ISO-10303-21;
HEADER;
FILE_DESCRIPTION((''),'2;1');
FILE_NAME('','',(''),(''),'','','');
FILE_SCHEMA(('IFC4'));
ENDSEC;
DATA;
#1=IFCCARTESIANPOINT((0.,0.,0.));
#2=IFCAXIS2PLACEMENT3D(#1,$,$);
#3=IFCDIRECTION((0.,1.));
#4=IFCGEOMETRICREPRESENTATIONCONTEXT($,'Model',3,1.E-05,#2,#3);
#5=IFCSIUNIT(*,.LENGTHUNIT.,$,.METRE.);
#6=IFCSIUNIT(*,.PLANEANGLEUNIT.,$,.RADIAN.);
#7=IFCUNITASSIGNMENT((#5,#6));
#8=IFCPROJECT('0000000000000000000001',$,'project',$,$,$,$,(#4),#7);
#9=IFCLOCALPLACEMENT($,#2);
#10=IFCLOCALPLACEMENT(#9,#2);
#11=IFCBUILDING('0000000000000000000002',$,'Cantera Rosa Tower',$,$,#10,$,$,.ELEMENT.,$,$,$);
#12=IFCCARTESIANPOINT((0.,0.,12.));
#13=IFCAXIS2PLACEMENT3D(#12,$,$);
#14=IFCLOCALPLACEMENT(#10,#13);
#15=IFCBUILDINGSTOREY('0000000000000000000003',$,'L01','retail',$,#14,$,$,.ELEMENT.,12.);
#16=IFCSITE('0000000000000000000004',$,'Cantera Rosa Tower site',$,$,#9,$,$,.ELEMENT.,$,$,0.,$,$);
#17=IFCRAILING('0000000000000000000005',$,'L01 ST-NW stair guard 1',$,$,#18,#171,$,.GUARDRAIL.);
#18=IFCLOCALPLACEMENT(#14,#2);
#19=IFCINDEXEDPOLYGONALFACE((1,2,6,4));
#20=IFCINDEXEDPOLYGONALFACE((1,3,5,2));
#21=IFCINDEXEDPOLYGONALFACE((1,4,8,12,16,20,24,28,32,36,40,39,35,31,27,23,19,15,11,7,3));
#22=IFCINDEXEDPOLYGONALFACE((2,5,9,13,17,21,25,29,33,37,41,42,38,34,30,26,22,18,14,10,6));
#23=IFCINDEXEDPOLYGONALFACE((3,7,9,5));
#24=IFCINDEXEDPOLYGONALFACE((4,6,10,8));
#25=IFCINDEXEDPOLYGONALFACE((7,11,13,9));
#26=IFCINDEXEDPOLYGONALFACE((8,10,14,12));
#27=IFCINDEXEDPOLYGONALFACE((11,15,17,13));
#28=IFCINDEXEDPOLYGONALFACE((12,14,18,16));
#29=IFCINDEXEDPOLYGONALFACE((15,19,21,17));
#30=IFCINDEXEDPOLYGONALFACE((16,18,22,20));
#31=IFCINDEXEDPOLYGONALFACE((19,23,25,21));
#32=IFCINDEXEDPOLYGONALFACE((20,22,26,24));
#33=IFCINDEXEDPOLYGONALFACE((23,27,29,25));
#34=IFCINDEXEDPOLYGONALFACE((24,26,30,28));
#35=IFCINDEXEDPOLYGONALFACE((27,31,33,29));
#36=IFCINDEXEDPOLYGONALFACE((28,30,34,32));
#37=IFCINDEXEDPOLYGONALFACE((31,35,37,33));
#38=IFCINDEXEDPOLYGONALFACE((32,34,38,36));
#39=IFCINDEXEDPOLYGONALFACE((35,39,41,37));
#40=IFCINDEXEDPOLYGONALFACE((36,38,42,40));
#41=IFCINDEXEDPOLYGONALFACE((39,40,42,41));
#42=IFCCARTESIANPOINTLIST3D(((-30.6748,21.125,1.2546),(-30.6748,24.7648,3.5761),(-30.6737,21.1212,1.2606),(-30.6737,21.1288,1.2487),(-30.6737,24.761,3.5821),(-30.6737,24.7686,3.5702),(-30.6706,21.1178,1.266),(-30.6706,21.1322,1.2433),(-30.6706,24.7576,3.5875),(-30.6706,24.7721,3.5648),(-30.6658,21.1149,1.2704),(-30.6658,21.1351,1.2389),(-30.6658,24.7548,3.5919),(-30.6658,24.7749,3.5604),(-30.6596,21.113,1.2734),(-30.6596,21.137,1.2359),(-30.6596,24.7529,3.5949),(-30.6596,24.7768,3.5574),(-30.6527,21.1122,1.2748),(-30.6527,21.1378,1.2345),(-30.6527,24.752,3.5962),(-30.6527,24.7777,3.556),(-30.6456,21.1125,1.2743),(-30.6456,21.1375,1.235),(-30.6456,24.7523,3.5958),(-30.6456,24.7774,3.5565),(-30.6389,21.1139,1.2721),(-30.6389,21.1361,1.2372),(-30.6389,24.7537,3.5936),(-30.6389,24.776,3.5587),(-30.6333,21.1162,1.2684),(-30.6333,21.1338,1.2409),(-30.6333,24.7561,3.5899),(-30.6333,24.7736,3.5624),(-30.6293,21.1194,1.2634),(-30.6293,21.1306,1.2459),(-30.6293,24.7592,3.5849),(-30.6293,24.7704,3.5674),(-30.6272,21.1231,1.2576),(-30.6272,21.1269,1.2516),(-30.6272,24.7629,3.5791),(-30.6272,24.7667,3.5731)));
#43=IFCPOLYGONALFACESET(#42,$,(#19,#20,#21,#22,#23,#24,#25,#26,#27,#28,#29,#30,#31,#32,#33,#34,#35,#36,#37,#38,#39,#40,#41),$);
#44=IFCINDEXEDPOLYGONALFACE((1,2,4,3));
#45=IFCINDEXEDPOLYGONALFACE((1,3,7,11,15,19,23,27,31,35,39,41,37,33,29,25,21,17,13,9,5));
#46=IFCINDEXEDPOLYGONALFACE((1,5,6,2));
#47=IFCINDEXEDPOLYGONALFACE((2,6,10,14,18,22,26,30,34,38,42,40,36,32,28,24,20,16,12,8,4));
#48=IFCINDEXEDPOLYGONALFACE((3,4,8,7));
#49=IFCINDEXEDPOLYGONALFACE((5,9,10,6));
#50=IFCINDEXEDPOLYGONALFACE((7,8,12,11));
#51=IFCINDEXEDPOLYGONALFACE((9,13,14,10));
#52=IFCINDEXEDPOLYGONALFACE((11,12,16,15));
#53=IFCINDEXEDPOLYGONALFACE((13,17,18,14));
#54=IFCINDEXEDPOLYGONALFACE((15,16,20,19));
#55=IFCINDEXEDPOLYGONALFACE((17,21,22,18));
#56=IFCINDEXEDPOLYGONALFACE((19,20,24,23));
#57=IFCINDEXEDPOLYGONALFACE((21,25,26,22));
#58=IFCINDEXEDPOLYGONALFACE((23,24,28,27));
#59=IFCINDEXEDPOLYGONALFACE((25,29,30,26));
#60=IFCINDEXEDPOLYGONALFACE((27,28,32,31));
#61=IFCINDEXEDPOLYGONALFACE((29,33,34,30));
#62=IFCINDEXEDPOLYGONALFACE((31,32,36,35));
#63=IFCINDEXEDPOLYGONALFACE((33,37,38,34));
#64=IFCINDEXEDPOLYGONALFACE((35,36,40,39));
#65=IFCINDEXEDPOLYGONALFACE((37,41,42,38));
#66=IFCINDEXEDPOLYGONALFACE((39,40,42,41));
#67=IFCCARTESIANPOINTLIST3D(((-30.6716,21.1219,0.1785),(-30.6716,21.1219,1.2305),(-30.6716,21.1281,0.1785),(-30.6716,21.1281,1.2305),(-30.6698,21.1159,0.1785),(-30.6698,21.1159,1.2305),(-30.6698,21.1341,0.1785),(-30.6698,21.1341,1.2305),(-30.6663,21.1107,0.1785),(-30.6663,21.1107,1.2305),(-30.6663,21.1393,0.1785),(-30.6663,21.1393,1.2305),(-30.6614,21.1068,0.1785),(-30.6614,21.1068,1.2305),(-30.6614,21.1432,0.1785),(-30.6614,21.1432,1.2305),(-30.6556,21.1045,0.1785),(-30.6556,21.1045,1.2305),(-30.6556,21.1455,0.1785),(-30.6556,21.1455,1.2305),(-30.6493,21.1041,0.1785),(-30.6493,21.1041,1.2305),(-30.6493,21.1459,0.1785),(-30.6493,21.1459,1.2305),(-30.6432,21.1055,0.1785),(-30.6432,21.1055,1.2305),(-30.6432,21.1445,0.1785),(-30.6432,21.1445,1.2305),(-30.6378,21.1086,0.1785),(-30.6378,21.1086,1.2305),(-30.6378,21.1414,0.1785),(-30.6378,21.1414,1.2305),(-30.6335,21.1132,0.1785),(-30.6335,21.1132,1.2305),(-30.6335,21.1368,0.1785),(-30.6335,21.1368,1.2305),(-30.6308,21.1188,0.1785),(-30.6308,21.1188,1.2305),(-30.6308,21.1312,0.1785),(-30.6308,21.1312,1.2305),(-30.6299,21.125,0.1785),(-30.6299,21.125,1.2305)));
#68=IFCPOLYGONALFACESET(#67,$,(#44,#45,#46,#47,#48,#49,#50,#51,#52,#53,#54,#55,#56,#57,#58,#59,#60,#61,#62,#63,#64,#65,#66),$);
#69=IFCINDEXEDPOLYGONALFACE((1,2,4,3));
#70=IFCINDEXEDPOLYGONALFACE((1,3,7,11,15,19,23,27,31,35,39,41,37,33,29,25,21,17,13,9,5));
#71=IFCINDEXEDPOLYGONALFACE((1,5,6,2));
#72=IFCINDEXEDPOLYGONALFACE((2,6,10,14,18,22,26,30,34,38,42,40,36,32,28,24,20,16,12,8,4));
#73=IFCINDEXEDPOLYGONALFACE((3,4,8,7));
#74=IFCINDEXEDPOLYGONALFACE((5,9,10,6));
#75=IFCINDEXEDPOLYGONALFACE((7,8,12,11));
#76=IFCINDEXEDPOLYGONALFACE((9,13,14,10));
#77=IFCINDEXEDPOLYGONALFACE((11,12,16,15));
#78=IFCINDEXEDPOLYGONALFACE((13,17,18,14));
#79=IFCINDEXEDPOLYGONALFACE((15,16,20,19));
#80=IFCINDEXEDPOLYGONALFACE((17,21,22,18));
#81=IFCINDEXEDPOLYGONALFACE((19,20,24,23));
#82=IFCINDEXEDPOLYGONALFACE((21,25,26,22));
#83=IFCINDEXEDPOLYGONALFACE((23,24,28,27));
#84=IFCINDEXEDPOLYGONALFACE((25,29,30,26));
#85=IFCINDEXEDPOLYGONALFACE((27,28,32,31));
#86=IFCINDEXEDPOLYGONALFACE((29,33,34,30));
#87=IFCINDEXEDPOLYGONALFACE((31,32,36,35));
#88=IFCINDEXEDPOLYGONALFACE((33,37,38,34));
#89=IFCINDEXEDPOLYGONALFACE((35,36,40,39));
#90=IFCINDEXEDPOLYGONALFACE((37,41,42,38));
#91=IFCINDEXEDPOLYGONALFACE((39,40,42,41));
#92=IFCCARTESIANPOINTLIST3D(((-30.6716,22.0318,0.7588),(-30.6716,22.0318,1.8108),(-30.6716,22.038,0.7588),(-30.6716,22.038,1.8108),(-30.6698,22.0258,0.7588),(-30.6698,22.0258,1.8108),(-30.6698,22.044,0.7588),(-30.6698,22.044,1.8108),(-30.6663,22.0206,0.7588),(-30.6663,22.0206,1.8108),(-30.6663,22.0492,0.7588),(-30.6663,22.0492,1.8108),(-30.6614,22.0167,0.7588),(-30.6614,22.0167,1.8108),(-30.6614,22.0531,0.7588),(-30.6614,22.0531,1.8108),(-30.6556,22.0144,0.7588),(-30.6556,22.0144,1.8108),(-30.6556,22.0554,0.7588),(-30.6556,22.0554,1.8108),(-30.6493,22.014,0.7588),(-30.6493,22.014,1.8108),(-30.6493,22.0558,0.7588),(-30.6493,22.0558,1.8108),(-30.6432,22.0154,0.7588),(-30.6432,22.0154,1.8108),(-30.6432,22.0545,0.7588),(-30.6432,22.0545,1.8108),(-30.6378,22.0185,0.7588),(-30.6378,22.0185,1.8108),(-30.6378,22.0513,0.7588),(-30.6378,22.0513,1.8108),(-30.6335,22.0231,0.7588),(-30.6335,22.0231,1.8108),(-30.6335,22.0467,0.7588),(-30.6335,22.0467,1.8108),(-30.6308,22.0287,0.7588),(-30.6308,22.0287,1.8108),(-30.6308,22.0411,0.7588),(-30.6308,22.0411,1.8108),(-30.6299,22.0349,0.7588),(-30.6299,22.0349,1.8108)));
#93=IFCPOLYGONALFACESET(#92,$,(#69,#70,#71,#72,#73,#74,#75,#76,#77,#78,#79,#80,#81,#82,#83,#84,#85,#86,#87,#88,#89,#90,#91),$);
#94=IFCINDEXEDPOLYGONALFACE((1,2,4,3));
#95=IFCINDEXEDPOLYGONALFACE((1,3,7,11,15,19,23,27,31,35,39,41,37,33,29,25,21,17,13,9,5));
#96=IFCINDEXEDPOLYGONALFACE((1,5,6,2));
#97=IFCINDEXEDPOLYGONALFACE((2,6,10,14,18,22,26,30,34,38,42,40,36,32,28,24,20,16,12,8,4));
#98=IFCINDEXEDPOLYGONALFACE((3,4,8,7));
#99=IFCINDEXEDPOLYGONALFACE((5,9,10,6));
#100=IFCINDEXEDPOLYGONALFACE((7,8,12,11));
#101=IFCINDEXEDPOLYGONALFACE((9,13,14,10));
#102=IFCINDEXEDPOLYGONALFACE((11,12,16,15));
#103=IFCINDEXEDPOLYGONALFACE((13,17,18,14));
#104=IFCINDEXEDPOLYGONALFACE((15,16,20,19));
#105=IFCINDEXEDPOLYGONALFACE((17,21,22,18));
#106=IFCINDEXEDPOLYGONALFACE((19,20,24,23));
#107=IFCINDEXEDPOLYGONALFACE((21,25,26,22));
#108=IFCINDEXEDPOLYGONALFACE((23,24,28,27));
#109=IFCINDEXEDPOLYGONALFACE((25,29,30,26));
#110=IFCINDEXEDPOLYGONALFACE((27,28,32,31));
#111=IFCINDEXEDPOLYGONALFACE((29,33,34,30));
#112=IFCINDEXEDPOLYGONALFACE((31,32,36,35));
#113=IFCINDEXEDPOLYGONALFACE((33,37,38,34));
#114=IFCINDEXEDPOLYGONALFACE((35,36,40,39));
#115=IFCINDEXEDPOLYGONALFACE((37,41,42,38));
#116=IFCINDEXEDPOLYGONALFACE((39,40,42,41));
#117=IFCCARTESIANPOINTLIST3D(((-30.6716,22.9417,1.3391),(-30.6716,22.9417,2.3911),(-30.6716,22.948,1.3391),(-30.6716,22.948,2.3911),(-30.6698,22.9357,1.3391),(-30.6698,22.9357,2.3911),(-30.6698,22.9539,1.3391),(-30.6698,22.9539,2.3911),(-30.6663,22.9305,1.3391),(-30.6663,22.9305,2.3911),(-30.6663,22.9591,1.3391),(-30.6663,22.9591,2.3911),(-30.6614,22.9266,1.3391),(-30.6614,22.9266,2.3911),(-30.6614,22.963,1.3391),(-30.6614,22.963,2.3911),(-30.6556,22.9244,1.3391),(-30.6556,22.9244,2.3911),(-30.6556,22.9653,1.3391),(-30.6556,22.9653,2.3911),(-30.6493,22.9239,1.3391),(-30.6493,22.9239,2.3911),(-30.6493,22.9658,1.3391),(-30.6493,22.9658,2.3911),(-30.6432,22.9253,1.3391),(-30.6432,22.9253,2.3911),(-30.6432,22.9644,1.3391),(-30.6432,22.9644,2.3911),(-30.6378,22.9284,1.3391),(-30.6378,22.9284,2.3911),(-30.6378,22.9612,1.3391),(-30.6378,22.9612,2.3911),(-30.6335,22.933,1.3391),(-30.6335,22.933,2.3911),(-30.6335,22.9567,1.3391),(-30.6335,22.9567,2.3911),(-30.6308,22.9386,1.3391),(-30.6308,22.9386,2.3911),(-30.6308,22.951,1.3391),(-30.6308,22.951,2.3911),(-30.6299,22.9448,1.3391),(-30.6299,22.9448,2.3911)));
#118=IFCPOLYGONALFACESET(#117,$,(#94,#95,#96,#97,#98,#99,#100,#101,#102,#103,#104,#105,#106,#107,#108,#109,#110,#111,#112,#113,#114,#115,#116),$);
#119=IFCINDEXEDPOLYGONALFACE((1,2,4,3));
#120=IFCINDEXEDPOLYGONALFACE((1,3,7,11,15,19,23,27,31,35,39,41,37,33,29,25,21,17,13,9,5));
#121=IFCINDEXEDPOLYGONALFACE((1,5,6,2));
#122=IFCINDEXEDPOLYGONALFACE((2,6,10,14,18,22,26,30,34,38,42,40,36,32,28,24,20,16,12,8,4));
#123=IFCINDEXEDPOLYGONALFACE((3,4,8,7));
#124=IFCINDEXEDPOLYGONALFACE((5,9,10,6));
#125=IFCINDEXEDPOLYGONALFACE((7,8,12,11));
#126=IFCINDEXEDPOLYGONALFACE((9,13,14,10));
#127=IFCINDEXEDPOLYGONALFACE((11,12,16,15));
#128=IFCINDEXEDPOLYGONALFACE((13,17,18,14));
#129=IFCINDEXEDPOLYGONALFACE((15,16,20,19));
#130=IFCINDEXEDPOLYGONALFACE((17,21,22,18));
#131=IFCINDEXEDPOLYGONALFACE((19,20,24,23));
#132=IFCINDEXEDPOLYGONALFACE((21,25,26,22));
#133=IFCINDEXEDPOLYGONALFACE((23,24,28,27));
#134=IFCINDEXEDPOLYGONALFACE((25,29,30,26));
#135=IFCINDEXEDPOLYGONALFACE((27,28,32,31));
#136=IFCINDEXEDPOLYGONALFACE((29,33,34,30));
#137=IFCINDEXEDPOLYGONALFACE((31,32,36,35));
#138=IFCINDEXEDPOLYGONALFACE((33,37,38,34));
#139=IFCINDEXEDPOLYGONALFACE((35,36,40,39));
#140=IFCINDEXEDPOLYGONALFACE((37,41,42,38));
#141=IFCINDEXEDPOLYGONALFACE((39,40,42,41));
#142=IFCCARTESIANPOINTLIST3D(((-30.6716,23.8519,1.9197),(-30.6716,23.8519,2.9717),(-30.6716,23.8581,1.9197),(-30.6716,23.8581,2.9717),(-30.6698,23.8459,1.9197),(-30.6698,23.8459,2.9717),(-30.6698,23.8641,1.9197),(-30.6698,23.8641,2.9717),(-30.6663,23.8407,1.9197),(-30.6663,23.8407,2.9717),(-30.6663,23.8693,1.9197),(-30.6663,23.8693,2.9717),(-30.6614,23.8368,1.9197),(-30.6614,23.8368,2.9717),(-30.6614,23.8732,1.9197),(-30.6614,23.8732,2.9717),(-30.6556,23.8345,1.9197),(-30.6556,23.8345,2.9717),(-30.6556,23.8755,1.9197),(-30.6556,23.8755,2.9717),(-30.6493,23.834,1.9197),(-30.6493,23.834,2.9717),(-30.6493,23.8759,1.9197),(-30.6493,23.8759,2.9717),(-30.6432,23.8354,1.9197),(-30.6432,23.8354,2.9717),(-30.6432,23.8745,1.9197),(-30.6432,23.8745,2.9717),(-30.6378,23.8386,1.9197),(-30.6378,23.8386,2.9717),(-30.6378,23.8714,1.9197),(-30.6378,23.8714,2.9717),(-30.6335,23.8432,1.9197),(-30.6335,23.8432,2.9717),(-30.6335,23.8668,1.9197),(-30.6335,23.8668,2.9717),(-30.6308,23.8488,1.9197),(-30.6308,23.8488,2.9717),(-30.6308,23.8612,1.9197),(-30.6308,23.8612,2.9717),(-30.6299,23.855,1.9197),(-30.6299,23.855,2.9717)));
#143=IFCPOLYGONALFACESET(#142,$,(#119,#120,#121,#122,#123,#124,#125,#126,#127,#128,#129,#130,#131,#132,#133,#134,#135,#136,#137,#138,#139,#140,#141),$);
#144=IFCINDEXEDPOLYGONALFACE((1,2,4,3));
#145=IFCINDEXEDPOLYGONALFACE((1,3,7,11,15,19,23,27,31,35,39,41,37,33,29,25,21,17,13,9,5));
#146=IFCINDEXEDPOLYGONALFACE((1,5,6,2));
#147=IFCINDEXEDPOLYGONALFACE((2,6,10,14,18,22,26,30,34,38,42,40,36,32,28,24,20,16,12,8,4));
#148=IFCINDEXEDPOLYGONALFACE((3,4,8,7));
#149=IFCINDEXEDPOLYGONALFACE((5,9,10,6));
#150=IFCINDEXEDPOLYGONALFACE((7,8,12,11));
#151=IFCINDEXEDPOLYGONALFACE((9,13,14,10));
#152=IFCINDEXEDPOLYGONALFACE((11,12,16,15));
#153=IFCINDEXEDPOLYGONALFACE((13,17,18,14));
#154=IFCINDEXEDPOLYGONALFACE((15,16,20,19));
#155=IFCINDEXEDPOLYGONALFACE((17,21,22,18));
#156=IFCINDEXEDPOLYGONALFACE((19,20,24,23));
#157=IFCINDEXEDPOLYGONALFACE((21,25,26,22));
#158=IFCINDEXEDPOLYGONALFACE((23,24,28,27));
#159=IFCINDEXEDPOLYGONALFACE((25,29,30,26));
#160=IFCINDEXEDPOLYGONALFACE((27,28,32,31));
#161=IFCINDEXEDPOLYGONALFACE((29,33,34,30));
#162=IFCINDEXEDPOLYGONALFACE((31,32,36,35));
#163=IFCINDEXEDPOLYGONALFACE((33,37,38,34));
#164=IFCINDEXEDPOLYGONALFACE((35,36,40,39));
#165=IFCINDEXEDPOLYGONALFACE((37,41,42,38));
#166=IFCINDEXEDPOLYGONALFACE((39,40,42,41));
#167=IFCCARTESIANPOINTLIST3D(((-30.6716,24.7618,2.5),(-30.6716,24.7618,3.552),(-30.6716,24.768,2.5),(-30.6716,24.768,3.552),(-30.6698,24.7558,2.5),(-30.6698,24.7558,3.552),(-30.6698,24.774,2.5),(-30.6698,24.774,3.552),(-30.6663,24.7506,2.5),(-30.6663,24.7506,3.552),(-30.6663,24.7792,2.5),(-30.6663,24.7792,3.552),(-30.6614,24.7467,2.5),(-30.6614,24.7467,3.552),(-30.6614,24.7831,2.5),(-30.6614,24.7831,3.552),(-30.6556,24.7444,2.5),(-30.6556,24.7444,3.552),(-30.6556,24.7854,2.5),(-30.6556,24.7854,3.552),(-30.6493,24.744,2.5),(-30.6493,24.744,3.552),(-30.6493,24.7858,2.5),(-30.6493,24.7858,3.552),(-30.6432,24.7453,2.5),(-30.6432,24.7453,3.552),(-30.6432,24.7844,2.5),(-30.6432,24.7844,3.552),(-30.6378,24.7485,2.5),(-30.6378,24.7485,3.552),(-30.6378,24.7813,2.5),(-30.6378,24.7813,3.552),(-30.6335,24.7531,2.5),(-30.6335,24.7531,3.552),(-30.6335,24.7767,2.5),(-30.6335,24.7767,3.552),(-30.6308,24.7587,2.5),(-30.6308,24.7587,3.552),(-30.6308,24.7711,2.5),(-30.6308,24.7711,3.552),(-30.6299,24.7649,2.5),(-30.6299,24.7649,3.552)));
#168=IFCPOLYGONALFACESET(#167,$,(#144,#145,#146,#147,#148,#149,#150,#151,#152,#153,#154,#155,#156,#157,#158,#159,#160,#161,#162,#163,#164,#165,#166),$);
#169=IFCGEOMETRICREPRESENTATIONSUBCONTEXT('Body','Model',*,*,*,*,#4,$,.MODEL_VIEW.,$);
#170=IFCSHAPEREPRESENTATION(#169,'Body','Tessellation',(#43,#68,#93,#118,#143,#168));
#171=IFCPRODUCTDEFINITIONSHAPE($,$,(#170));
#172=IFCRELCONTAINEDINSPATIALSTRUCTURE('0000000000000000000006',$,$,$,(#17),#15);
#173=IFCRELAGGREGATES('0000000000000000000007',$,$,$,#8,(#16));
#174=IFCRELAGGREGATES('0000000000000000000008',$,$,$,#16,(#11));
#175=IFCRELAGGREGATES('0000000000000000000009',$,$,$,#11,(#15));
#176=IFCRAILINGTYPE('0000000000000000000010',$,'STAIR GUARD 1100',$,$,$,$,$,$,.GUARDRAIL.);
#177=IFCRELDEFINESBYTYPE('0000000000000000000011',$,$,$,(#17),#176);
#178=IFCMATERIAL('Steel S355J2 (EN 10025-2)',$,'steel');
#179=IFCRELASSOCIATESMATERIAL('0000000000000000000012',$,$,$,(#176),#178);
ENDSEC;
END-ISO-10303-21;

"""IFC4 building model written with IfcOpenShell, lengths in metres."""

from ifc_helpers import new_model, si_unit, direction, frame, origin, origin_2d, place, context, subcontext, project, spatial, circle, extrude, material, type_object, element, save


model = new_model("IFC4")

# Units and contexts
model_context = context("Model", 3, precision=1e-05, world=origin(), true_north=direction((0.0, 1.0)))
body_context = subcontext(model_context, "Body", "Model", "MODEL_VIEW")
ifc_project = project(units=[si_unit("LENGTHUNIT", "METRE"), si_unit("PLANEANGLEUNIT", "RADIAN")], contexts=[model_context])

# Site, building, storey
site_placement = place(None, origin())
site = spatial("IfcSite", under=ifc_project, at=site_placement, Name="Cantera Rosa Tower site", CompositionType="ELEMENT", RefElevation=0.0)
building_placement = place(site_placement, origin())
building = spatial("IfcBuilding", under=site, at=building_placement, Name="Cantera Rosa Tower", CompositionType="ELEMENT")
storey_placement = place(building_placement, frame((0.0, 0.0, 12.0)))
storey = spatial("IfcBuildingStorey", under=building, at=storey_placement, Name="L01", Description="retail", CompositionType="ELEMENT", Elevation=12.0)

# Railing
ifc_material_1 = material(Name="Steel S355J2 (EN 10025-2)", Category="steel")
railing_type_1 = type_object("IfcRailingType", Name="STAIR GUARD 1100", PredefinedType="GUARDRAIL", material=ifc_material_1)
railing_1_placement = place(storey_placement, frame((-30.6509, 21.125, 0.1785)))
element("IfcRailing", 1, at=railing_1_placement, inside=storey, type_object=railing_type_1, Name="L01 ST-NW stair guard 1", PredefinedType="GUARDRAIL", context=body_context, shape_type="SweptSolid", body=[
    extrude(circle(Radius=0.0239, at=origin_2d()), frame((0.0, 0.0, 1.0762), z_axis=(0.0, 0.843112, 0.537739), x_axis=(-1.0, 0.0, 0.0)), (0.0, 0.0, 1.0), 4.3171),
    extrude(circle(Radius=0.021, at=origin_2d()), origin(), (0.0, 0.0, 1.0), 1.052),
    extrude(circle(Radius=0.021, at=origin_2d()), frame((0.0, 0.9099, 0.5803)), (0.0, 0.0, 1.0), 1.052),
    extrude(circle(Radius=0.021, at=origin_2d()), frame((0.0, 1.8198, 1.1606)), (0.0, 0.0, 1.0), 1.052),
    extrude(circle(Radius=0.021, at=origin_2d()), frame((0.0, 2.73, 1.7412)), (0.0, 0.0, 1.0), 1.052),
    extrude(circle(Radius=0.021, at=origin_2d()), frame((0.0, 3.6399, 2.3215)), (0.0, 0.0, 1.0), 1.052),
])

save(model, "model.ifc")
